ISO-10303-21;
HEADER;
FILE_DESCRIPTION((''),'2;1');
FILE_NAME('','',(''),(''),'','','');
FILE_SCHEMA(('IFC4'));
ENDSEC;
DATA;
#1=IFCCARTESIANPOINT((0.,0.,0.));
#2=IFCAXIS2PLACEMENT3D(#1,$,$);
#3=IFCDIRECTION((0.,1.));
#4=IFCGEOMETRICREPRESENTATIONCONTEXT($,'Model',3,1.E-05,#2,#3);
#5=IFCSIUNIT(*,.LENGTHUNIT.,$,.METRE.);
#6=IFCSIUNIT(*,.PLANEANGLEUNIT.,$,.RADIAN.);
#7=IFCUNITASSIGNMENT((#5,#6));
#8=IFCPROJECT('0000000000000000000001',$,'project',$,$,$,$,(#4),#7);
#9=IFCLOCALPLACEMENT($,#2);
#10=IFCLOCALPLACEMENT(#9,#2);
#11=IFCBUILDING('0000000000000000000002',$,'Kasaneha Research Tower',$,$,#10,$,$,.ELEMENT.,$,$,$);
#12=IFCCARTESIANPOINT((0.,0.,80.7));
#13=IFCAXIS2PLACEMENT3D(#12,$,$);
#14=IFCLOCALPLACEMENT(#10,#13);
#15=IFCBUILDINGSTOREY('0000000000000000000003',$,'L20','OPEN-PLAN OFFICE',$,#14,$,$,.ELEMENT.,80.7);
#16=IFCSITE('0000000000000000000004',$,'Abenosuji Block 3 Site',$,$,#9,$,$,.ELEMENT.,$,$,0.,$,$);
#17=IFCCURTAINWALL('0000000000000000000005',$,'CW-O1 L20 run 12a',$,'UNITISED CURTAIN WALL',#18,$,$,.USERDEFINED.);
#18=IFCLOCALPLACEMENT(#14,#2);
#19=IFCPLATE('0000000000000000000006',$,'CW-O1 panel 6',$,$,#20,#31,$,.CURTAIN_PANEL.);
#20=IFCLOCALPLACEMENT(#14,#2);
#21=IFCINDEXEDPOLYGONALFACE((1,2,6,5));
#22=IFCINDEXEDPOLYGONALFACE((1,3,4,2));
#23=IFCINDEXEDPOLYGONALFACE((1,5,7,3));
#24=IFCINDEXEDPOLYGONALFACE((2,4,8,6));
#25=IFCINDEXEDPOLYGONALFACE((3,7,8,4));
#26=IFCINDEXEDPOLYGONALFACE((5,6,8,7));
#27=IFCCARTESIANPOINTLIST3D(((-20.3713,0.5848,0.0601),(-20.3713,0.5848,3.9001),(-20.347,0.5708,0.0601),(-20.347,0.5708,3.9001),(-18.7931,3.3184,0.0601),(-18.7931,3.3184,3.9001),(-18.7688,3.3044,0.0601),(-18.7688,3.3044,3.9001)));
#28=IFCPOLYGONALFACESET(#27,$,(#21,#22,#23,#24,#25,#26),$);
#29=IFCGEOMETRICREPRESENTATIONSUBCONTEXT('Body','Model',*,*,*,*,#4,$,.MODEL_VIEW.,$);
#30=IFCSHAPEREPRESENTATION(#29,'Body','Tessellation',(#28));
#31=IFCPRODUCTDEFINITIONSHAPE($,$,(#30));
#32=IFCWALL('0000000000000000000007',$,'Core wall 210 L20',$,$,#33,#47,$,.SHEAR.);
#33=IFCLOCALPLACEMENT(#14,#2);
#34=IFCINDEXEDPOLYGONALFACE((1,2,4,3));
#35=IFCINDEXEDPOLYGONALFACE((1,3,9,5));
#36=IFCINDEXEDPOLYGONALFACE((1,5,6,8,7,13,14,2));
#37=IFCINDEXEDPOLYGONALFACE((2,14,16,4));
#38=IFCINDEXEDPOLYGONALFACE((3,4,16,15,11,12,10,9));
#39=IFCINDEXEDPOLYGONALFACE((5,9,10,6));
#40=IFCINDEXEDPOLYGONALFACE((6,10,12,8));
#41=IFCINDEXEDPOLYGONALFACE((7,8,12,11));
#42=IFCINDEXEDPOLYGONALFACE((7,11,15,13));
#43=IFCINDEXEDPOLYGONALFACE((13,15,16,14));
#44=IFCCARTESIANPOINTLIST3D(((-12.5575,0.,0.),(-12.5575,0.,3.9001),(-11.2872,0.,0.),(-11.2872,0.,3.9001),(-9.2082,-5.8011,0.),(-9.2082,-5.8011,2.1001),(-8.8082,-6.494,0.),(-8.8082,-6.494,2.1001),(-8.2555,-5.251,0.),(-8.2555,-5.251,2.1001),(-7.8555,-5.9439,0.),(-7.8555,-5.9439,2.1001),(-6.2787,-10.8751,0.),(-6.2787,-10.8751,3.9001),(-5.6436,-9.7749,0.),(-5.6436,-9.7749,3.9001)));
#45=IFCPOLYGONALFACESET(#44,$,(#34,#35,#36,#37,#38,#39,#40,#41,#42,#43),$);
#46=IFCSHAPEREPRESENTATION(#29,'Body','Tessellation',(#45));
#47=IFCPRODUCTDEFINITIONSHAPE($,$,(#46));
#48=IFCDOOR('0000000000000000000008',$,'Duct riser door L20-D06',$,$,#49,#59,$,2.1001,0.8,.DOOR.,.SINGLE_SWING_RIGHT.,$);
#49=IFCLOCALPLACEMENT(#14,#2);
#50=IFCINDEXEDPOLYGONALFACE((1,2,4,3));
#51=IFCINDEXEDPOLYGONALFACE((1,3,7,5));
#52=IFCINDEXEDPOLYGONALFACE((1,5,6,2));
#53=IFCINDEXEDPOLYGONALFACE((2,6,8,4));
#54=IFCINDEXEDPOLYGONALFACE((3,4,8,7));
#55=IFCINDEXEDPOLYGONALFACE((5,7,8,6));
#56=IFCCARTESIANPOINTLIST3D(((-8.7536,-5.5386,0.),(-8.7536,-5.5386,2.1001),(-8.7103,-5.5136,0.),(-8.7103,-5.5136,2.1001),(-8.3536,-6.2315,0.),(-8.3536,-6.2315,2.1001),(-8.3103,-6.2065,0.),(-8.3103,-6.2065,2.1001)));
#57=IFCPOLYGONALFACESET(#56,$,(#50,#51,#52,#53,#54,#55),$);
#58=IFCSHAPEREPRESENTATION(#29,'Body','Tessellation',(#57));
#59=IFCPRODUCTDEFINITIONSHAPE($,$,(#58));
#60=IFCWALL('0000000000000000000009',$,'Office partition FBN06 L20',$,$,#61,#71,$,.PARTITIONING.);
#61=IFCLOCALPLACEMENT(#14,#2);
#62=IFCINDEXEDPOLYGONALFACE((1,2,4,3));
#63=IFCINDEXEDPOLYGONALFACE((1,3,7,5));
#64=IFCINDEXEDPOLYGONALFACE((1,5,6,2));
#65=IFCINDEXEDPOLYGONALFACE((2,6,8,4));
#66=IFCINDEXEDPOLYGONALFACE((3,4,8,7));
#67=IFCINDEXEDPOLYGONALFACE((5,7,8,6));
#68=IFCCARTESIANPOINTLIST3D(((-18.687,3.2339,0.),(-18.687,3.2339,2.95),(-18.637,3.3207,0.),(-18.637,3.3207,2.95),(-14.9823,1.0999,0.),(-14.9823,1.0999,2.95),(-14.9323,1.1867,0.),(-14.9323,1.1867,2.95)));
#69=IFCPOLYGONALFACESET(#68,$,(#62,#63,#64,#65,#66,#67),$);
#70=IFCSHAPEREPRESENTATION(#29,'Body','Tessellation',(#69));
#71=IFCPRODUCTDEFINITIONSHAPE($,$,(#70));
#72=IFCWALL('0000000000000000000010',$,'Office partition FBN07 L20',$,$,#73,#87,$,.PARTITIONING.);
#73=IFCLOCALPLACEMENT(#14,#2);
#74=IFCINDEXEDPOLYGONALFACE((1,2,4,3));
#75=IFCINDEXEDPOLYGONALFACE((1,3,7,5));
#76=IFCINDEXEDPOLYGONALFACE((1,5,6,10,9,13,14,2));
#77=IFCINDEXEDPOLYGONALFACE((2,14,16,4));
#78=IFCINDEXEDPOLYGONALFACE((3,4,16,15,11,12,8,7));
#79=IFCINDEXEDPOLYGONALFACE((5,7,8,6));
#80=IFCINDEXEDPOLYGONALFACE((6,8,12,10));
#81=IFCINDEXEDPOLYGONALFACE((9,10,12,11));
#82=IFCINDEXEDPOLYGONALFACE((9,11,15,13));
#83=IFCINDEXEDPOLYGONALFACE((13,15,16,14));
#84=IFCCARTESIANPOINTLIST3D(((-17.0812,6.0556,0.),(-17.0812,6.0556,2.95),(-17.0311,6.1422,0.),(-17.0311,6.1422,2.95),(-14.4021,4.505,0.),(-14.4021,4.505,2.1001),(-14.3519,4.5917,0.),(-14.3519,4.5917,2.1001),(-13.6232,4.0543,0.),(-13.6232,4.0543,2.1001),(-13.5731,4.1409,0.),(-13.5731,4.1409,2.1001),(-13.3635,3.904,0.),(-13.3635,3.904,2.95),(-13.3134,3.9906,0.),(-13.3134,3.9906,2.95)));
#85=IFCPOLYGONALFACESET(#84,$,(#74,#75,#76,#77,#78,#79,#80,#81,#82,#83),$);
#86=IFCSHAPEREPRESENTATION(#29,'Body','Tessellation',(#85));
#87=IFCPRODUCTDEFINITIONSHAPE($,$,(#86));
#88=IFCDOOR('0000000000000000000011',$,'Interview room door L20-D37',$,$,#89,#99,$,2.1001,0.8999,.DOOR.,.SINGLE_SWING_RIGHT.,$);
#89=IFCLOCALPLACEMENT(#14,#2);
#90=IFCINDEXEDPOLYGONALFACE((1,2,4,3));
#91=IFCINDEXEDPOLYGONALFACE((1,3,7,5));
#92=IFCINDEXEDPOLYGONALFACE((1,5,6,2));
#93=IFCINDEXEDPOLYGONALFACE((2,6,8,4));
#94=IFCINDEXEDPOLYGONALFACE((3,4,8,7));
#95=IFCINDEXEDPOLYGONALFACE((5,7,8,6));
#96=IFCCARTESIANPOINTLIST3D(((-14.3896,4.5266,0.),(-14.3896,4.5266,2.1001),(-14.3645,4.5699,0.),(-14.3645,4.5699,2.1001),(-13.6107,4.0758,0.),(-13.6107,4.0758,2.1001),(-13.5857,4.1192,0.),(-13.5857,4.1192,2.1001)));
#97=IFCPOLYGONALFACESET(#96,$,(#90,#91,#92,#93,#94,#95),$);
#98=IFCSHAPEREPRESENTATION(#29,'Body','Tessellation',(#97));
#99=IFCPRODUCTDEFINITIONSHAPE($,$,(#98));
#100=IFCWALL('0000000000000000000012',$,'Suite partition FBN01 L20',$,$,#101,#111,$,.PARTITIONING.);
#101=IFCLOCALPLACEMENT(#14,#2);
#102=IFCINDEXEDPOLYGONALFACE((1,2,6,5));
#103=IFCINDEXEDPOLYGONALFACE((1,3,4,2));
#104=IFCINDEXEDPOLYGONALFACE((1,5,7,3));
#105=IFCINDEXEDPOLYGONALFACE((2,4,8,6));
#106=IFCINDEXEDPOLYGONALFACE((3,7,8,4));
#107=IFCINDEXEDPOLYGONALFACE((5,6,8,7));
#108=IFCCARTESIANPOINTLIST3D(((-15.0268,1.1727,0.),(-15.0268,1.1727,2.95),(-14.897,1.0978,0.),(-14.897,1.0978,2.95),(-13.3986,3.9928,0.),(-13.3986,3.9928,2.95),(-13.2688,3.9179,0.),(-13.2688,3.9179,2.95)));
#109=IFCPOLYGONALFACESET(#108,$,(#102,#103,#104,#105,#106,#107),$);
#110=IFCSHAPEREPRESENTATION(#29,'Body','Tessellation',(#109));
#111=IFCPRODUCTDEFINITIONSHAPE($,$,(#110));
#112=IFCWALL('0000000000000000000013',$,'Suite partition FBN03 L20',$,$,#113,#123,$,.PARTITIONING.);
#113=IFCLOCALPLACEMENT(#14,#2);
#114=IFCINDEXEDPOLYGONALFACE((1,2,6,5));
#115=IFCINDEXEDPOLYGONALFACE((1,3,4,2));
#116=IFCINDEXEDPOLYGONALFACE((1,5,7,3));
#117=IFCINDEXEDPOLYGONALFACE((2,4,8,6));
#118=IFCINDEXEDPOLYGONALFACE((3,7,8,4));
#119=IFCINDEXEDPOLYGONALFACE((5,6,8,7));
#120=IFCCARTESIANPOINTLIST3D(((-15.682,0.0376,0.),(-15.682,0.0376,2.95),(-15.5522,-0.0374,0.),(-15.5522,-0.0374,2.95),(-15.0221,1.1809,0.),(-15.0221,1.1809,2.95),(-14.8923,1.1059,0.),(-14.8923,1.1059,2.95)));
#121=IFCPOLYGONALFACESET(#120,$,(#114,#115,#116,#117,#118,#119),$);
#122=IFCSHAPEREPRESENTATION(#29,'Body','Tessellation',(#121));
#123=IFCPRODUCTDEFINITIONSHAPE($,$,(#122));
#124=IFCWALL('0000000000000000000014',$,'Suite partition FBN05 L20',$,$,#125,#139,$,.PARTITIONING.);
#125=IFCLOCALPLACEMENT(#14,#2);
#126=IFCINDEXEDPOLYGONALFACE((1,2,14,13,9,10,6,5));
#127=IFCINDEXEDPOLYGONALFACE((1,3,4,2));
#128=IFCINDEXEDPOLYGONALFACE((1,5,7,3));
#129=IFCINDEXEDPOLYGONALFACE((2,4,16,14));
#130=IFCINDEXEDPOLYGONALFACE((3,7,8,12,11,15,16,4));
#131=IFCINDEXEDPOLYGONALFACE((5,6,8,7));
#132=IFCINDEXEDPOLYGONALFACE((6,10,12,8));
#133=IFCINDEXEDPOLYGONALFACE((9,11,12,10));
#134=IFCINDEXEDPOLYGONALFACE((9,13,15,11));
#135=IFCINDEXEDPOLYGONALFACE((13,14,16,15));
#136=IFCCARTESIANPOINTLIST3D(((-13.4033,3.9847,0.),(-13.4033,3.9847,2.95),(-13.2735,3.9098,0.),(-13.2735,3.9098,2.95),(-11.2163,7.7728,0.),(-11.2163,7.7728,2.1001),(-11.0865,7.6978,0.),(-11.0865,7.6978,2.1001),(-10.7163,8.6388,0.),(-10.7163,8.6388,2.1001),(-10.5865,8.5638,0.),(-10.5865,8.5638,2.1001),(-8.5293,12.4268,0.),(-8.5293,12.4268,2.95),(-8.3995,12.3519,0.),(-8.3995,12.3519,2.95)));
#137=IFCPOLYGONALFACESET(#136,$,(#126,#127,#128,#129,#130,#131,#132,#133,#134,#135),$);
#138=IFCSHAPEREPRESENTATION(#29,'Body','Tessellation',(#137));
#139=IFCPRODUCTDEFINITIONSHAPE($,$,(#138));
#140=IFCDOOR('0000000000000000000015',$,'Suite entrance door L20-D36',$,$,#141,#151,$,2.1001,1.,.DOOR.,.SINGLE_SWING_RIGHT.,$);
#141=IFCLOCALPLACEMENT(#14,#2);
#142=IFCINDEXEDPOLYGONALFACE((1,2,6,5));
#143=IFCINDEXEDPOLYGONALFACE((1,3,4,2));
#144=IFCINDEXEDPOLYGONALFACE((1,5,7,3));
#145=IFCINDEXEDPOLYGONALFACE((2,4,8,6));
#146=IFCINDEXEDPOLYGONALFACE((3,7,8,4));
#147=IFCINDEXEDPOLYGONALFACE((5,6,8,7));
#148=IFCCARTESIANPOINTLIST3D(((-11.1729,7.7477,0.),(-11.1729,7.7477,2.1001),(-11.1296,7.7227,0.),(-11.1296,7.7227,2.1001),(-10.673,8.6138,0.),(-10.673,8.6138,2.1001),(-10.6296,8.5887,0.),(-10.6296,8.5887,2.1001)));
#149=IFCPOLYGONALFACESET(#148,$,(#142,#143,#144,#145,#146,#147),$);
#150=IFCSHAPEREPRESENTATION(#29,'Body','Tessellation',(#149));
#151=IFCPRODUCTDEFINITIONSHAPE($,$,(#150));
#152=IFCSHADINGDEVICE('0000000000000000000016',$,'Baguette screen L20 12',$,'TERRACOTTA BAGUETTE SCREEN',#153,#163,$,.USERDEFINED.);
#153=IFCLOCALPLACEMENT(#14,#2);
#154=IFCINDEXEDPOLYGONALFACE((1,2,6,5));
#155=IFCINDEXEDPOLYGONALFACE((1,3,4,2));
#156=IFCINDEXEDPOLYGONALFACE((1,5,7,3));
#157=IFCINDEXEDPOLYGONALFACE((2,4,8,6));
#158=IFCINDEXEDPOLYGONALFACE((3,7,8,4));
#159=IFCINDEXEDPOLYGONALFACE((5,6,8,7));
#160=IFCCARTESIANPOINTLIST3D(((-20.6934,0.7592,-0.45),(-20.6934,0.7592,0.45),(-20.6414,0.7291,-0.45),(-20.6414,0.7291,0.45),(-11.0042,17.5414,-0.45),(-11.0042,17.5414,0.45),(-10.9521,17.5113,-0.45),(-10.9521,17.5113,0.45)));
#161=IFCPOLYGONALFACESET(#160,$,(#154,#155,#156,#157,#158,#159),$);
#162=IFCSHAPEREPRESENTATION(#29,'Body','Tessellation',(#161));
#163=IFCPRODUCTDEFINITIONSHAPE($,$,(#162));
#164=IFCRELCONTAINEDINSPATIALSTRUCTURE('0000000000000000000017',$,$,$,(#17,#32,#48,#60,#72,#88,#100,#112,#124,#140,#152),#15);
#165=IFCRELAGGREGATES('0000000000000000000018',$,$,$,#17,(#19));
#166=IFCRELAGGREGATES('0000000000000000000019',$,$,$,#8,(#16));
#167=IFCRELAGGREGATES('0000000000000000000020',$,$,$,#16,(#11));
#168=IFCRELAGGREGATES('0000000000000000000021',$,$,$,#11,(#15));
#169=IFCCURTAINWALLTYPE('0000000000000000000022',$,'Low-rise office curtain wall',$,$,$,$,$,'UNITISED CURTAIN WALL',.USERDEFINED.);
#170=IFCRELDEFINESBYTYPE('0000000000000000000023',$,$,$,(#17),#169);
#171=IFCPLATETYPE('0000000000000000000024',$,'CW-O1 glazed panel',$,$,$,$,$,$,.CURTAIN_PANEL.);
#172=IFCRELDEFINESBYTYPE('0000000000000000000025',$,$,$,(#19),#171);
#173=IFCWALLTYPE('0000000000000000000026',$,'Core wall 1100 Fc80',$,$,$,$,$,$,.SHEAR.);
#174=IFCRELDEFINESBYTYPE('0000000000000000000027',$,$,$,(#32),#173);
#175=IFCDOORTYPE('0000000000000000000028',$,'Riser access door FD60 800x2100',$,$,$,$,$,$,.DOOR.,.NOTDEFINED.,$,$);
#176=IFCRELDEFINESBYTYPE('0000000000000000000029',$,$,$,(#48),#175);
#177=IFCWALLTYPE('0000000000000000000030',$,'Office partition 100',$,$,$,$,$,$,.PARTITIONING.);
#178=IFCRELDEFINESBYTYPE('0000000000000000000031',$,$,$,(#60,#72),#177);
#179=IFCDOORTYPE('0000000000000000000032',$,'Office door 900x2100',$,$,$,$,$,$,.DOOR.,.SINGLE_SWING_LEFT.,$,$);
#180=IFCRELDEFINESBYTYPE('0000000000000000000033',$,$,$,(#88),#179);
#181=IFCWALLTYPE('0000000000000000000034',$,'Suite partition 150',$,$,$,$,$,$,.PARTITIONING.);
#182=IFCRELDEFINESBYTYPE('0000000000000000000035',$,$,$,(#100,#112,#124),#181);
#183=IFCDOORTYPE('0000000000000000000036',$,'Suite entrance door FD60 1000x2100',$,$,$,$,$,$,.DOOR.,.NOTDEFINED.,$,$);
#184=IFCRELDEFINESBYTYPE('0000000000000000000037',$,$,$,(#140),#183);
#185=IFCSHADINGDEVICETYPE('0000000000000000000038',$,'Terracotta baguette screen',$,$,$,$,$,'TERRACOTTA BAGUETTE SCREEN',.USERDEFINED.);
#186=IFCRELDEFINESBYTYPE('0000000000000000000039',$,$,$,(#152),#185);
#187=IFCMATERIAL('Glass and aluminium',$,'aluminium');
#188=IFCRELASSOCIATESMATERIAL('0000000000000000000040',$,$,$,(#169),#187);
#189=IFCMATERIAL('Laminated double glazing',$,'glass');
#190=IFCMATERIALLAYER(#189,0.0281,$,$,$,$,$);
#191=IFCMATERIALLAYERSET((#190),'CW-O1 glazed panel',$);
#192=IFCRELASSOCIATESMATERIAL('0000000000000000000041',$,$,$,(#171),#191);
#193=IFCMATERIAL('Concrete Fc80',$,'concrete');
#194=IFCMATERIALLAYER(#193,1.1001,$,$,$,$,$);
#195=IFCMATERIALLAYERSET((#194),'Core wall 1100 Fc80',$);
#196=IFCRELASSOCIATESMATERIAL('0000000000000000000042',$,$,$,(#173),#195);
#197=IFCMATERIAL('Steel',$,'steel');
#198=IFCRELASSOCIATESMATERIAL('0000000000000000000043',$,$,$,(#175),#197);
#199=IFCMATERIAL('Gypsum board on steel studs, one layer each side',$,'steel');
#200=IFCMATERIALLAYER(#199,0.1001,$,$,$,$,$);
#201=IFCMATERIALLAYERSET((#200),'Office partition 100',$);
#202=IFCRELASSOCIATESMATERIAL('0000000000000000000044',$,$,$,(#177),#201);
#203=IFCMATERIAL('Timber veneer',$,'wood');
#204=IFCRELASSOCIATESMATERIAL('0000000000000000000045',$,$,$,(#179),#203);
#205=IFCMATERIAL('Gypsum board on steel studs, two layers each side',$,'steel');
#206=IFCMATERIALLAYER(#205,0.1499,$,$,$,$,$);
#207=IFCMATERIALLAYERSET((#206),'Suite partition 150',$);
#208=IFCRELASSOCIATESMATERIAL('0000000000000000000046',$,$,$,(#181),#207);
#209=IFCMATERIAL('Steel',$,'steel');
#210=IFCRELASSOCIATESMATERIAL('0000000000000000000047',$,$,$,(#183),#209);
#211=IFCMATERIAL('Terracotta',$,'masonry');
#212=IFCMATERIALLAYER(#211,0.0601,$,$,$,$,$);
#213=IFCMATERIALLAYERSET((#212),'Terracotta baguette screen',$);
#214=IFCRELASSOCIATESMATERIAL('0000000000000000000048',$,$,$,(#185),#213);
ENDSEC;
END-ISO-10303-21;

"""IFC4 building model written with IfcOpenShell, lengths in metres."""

from ifc_helpers import new_model, si_unit, direction, frame, frame_2d, origin, origin_2d, place, context, subcontext, project, spatial, polyline, rectangle, outline, extrude, material, layer, layer_set, type_object, element, fill, aggregate, save


model = new_model("IFC4")

# Units and contexts
model_context = context("Model", 3, precision=1e-05, world=origin(), true_north=direction((0.0, 1.0)))
body_context = subcontext(model_context, "Body", "Model", "MODEL_VIEW")
ifc_project = project(units=[si_unit("LENGTHUNIT", "METRE"), si_unit("PLANEANGLEUNIT", "RADIAN")], contexts=[model_context])

# Site, building, storey
site_placement = place(None, origin())
site = spatial("IfcSite", under=ifc_project, at=site_placement, Name="Abenosuji Block 3 Site", CompositionType="ELEMENT", RefElevation=0.0)
building_placement = place(site_placement, origin())
building = spatial("IfcBuilding", under=site, at=building_placement, Name="Kasaneha Research Tower", CompositionType="ELEMENT")
storey_placement = place(building_placement, frame((0.0, 0.0, 80.7)))
storey = spatial("IfcBuildingStorey", under=building, at=storey_placement, Name="L20", Description="OPEN-PLAN OFFICE", CompositionType="ELEMENT", Elevation=80.7)

# Curtain wall
ifc_material_1 = material(Name="Glass and aluminium", Category="aluminium")
curtain_wall_type = type_object("IfcCurtainWallType", Name="Low-rise office curtain wall", ElementType="UNITISED CURTAIN WALL", PredefinedType="USERDEFINED", material=ifc_material_1)
curtain_wall_1_placement = place(storey_placement, origin())
curtain_wall_1 = element("IfcCurtainWall", 1, at=curtain_wall_1_placement, inside=storey, type_object=curtain_wall_type, Name="CW-O1 L20 run 12a", ObjectType="UNITISED CURTAIN WALL", PredefinedType="USERDEFINED")

# Plate
ifc_material_2 = material(Name="Laminated double glazing", Category="glass")
ifc_layer_1 = layer(ifc_material_2, 0.0281)
ifc_layer_set_1 = layer_set([ifc_layer_1], Name="CW-O1 glazed panel")
plate_type = type_object("IfcPlateType", Name="CW-O1 glazed panel", PredefinedType="CURTAIN_PANEL", material=ifc_layer_set_1)
plate_1_placement = place(storey_placement, frame((-19.5701, 1.9446, 0.0601), z_axis=(0.0, 0.0, 1.0), x_axis=(-0.5, -0.866025, 0.0)))
plate_1 = element("IfcPlate", 2, at=plate_1_placement, type_object=plate_type, Name="CW-O1 panel 6", PredefinedType="CURTAIN_PANEL", context=body_context, shape_type="SweptSolid", body=[
    extrude(rectangle(XDim=3.1565, YDim=0.0281, at=origin_2d()), origin(), (0.0, 0.0, 1.0), 3.8401),
])
aggregate(curtain_wall_1, [plate_1])

# Wall, opening, door
ifc_material_3 = material(Name="Concrete Fc80", Category="concrete")
ifc_layer_2 = layer(ifc_material_3, 1.1001)
ifc_layer_set_2 = layer_set([ifc_layer_2], Name="Core wall 1100 Fc80")
wall_type_1 = type_object("IfcWallType", Name="Core wall 1100 Fc80", PredefinedType="SHEAR", material=ifc_layer_set_2)
wall_1_placement = place(storey_placement, frame((-11.9224, 0.0, 0.0), z_axis=(0.0, 0.0, 1.0), x_axis=(0.500004, -0.866023, 0.0)))
wall_1 = element("IfcWall", 3, at=wall_1_placement, inside=storey, type_object=wall_type_1, Name="Core wall 210 L20", PredefinedType="SHEAR", context=body_context, shape_type="SweptSolid", body=[
    extrude(outline(polyline([(-0.3176, -0.55), (6.3811, -0.55), (7.1812, -0.55), (12.24, -0.55), (11.6047, 0.55), (7.1812, 0.55), (6.3811, 0.55), (0.3176, 0.55), (-0.3176, -0.55)])), origin(), (0.0, 0.0, 1.0), 3.9001),
])
opening_1_placement = place(wall_1_placement, frame((6.3811, 0.0, 0.0)))
opening_1 = element("IfcOpeningElement", 4, at=opening_1_placement, cuts=wall_1, PredefinedType="OPENING", context=body_context, shape_type="SweptSolid", body=[
    extrude(rectangle(XDim=0.8, YDim=2.1001, at=frame_2d((0.3999, 1.05))), frame((0.0, 0.5601, 0.0), z_axis=(0.0, -1.0, 0.0), x_axis=(1.0, 0.0, 0.0)), (0.0, 0.0, 1.0), 1.1201),
])
ifc_material_4 = material(Name="Steel", Category="steel")
door_type_1 = type_object("IfcDoorType", Name="Riser access door FD60 800x2100", OperationType="NOTDEFINED", PredefinedType="DOOR", material=ifc_material_4)
door_1_placement = place(opening_1_placement, origin())
door_1 = element("IfcDoor", 5, at=door_1_placement, inside=storey, type_object=door_type_1, Name="Duct riser door L20-D06", OperationType="SINGLE_SWING_RIGHT", OverallHeight=2.1001, OverallWidth=0.8, PredefinedType="DOOR", context=body_context, shape_type="SweptSolid", body=[
    extrude(rectangle(XDim=0.8, YDim=2.1001, at=frame_2d((0.3999, 1.05))), frame((0.0, 0.0249, 0.0), z_axis=(0.0, -1.0, 0.0), x_axis=(1.0, 0.0, 0.0)), (0.0, 0.0, 1.0), 0.05),
])
fill(opening_1, door_1)

# Wall
ifc_material_5 = material(Name="Gypsum board on steel studs, one layer each side", Category="steel")
ifc_layer_3 = layer(ifc_material_5, 0.1001)
ifc_layer_set_3 = layer_set([ifc_layer_3], Name="Office partition 100")
wall_type_2 = type_object("IfcWallType", Name="Office partition 100", PredefinedType="PARTITIONING", material=ifc_layer_set_3)
wall_2_placement = place(storey_placement, frame((-14.9573, 1.1433, 0.0), z_axis=(0.0, 0.0, 1.0), x_axis=(-0.866527, 0.499131, 0.0)))
element("IfcWall", 6, at=wall_2_placement, inside=storey, type_object=wall_type_2, Name="Office partition FBN06 L20", PredefinedType="PARTITIONING", context=body_context, shape_type="SweptSolid", body=[
    extrude(rectangle(XDim=4.2754, YDim=0.1001, at=frame_2d((2.1377, 0.0))), origin(), (0.0, 0.0, 1.0), 2.95),
])

# Wall, opening, door
wall_3_placement = place(storey_placement, frame((-17.0562, 6.0989, 0.0), z_axis=(0.0, 0.0, 1.0), x_axis=(0.865505, -0.5009, 0.0)))
wall_3 = element("IfcWall", 7, at=wall_3_placement, inside=storey, type_object=wall_type_2, Name="Office partition FBN07 L20", PredefinedType="PARTITIONING", context=body_context, shape_type="SweptSolid", body=[
    extrude(rectangle(XDim=4.2954, YDim=0.1001, at=frame_2d((2.1477, 0.0))), origin(), (0.0, 0.0, 1.0), 2.95),
])
opening_2_placement = place(wall_3_placement, frame((3.0955, 0.0, 0.0)))
opening_2 = element("IfcOpeningElement", 8, at=opening_2_placement, cuts=wall_3, PredefinedType="OPENING", context=body_context, shape_type="SweptSolid", body=[
    extrude(rectangle(XDim=0.8999, YDim=2.1001, at=frame_2d((0.45, 1.05))), frame((0.0, 0.0601, 0.0), z_axis=(0.0, -1.0, 0.0), x_axis=(1.0, 0.0, 0.0)), (0.0, 0.0, 1.0), 0.1201),
])
ifc_material_6 = material(Name="Timber veneer", Category="wood")
door_type_2 = type_object("IfcDoorType", Name="Office door 900x2100", OperationType="SINGLE_SWING_LEFT", PredefinedType="DOOR", material=ifc_material_6)
door_2_placement = place(opening_2_placement, origin())
door_2 = element("IfcDoor", 9, at=door_2_placement, inside=storey, type_object=door_type_2, Name="Interview room door L20-D37", OperationType="SINGLE_SWING_RIGHT", OverallHeight=2.1001, OverallWidth=0.8999, PredefinedType="DOOR", context=body_context, shape_type="SweptSolid", body=[
    extrude(rectangle(XDim=0.8999, YDim=2.1001, at=frame_2d((0.45, 1.05))), frame((0.0, 0.0249, 0.0), z_axis=(0.0, -1.0, 0.0), x_axis=(1.0, 0.0, 0.0)), (0.0, 0.0, 1.0), 0.05),
])
fill(opening_2, door_2)

# Walls
ifc_material_7 = material(Name="Gypsum board on steel studs, two layers each side", Category="steel")
ifc_layer_4 = layer(ifc_material_7, 0.1499)
ifc_layer_set_4 = layer_set([ifc_layer_4], Name="Suite partition 150")
wall_type_3 = type_object("IfcWallType", Name="Suite partition 150", PredefinedType="PARTITIONING", material=ifc_layer_set_4)
wall_4_placement = place(storey_placement, frame((-14.9619, 1.1353, 0.0), z_axis=(0.0, 0.0, 1.0), x_axis=(0.500002, 0.866025, 0.0)))
element("IfcWall", 10, at=wall_4_placement, inside=storey, type_object=wall_type_3, Name="Suite partition FBN01 L20", PredefinedType="PARTITIONING", context=body_context, shape_type="SweptSolid", body=[
    extrude(rectangle(XDim=3.2563, YDim=0.1499, at=frame_2d((1.6282, 0.0))), origin(), (0.0, 0.0, 1.0), 2.95),
])
wall_5_placement = place(storey_placement, frame((-15.6172, 0.0, 0.0), z_axis=(0.0, 0.0, 1.0), x_axis=(0.499899, 0.866084, 0.0)))
element("IfcWall", 11, at=wall_5_placement, inside=storey, type_object=wall_type_3, Name="Suite partition FBN03 L20", PredefinedType="PARTITIONING", context=body_context, shape_type="SweptSolid", body=[
    extrude(rectangle(XDim=1.3201, YDim=0.1499, at=frame_2d((0.6602, 0.0))), origin(), (0.0, 0.0, 1.0), 2.95),
])

# Wall, opening, door
wall_6_placement = place(storey_placement, frame((-13.3384, 3.9473, 0.0), z_axis=(0.0, 0.0, 1.0), x_axis=(0.499996, 0.866028, 0.0)))
wall_6 = element("IfcWall", 12, at=wall_6_placement, inside=storey, type_object=wall_type_3, Name="Suite partition FBN05 L20", PredefinedType="PARTITIONING", context=body_context, shape_type="SweptSolid", body=[
    extrude(rectangle(XDim=9.748, YDim=0.1499, at=frame_2d((4.874, 0.0))), origin(), (0.0, 0.0, 1.0), 2.95),
])
opening_3_placement = place(wall_6_placement, frame((4.374, 0.0, 0.0)))
opening_3 = element("IfcOpeningElement", 13, at=opening_3_placement, cuts=wall_6, PredefinedType="OPENING", context=body_context, shape_type="SweptSolid", body=[
    extrude(rectangle(XDim=1.0, YDim=2.1001, at=frame_2d((0.5, 1.05))), frame((0.0, 0.085, 0.0), z_axis=(0.0, -1.0, 0.0), x_axis=(1.0, 0.0, 0.0)), (0.0, 0.0, 1.0), 0.1699),
])
ifc_material_8 = material(Name="Steel", Category="steel")
door_type_3 = type_object("IfcDoorType", Name="Suite entrance door FD60 1000x2100", OperationType="NOTDEFINED", PredefinedType="DOOR", material=ifc_material_8)
door_3_placement = place(opening_3_placement, origin())
door_3 = element("IfcDoor", 14, at=door_3_placement, inside=storey, type_object=door_type_3, Name="Suite entrance door L20-D36", OperationType="SINGLE_SWING_RIGHT", OverallHeight=2.1001, OverallWidth=1.0, PredefinedType="DOOR", context=body_context, shape_type="SweptSolid", body=[
    extrude(rectangle(XDim=1.0, YDim=2.1001, at=frame_2d((0.5, 1.05))), frame((0.0, 0.0249, 0.0), z_axis=(0.0, -1.0, 0.0), x_axis=(1.0, 0.0, 0.0)), (0.0, 0.0, 1.0), 0.05),
])
fill(opening_3, door_3)

# Shading device
ifc_material_9 = material(Name="Terracotta", Category="masonry")
ifc_layer_5 = layer(ifc_material_9, 0.0601)
ifc_layer_set_5 = layer_set([ifc_layer_5], Name="Terracotta baguette screen")
shading_device_type = type_object("IfcShadingDeviceType", Name="Terracotta baguette screen", ElementType="TERRACOTTA BAGUETTE SCREEN", PredefinedType="USERDEFINED", material=ifc_layer_set_5)
shading_device_placement = place(storey_placement, frame((-15.8228, 9.1353, -0.45), z_axis=(0.0, 0.0, 1.0), x_axis=(-0.5, -0.866025, 0.0)))
element("IfcShadingDevice", 15, at=shading_device_placement, inside=storey, type_object=shading_device_type, Name="Baguette screen L20 12", ObjectType="TERRACOTTA BAGUETTE SCREEN", PredefinedType="USERDEFINED", context=body_context, shape_type="SweptSolid", body=[
    extrude(rectangle(XDim=19.3784, YDim=0.0601, at=origin_2d()), origin(), (0.0, 0.0, 1.0), 0.8999),
])

save(model, "model.ifc")
